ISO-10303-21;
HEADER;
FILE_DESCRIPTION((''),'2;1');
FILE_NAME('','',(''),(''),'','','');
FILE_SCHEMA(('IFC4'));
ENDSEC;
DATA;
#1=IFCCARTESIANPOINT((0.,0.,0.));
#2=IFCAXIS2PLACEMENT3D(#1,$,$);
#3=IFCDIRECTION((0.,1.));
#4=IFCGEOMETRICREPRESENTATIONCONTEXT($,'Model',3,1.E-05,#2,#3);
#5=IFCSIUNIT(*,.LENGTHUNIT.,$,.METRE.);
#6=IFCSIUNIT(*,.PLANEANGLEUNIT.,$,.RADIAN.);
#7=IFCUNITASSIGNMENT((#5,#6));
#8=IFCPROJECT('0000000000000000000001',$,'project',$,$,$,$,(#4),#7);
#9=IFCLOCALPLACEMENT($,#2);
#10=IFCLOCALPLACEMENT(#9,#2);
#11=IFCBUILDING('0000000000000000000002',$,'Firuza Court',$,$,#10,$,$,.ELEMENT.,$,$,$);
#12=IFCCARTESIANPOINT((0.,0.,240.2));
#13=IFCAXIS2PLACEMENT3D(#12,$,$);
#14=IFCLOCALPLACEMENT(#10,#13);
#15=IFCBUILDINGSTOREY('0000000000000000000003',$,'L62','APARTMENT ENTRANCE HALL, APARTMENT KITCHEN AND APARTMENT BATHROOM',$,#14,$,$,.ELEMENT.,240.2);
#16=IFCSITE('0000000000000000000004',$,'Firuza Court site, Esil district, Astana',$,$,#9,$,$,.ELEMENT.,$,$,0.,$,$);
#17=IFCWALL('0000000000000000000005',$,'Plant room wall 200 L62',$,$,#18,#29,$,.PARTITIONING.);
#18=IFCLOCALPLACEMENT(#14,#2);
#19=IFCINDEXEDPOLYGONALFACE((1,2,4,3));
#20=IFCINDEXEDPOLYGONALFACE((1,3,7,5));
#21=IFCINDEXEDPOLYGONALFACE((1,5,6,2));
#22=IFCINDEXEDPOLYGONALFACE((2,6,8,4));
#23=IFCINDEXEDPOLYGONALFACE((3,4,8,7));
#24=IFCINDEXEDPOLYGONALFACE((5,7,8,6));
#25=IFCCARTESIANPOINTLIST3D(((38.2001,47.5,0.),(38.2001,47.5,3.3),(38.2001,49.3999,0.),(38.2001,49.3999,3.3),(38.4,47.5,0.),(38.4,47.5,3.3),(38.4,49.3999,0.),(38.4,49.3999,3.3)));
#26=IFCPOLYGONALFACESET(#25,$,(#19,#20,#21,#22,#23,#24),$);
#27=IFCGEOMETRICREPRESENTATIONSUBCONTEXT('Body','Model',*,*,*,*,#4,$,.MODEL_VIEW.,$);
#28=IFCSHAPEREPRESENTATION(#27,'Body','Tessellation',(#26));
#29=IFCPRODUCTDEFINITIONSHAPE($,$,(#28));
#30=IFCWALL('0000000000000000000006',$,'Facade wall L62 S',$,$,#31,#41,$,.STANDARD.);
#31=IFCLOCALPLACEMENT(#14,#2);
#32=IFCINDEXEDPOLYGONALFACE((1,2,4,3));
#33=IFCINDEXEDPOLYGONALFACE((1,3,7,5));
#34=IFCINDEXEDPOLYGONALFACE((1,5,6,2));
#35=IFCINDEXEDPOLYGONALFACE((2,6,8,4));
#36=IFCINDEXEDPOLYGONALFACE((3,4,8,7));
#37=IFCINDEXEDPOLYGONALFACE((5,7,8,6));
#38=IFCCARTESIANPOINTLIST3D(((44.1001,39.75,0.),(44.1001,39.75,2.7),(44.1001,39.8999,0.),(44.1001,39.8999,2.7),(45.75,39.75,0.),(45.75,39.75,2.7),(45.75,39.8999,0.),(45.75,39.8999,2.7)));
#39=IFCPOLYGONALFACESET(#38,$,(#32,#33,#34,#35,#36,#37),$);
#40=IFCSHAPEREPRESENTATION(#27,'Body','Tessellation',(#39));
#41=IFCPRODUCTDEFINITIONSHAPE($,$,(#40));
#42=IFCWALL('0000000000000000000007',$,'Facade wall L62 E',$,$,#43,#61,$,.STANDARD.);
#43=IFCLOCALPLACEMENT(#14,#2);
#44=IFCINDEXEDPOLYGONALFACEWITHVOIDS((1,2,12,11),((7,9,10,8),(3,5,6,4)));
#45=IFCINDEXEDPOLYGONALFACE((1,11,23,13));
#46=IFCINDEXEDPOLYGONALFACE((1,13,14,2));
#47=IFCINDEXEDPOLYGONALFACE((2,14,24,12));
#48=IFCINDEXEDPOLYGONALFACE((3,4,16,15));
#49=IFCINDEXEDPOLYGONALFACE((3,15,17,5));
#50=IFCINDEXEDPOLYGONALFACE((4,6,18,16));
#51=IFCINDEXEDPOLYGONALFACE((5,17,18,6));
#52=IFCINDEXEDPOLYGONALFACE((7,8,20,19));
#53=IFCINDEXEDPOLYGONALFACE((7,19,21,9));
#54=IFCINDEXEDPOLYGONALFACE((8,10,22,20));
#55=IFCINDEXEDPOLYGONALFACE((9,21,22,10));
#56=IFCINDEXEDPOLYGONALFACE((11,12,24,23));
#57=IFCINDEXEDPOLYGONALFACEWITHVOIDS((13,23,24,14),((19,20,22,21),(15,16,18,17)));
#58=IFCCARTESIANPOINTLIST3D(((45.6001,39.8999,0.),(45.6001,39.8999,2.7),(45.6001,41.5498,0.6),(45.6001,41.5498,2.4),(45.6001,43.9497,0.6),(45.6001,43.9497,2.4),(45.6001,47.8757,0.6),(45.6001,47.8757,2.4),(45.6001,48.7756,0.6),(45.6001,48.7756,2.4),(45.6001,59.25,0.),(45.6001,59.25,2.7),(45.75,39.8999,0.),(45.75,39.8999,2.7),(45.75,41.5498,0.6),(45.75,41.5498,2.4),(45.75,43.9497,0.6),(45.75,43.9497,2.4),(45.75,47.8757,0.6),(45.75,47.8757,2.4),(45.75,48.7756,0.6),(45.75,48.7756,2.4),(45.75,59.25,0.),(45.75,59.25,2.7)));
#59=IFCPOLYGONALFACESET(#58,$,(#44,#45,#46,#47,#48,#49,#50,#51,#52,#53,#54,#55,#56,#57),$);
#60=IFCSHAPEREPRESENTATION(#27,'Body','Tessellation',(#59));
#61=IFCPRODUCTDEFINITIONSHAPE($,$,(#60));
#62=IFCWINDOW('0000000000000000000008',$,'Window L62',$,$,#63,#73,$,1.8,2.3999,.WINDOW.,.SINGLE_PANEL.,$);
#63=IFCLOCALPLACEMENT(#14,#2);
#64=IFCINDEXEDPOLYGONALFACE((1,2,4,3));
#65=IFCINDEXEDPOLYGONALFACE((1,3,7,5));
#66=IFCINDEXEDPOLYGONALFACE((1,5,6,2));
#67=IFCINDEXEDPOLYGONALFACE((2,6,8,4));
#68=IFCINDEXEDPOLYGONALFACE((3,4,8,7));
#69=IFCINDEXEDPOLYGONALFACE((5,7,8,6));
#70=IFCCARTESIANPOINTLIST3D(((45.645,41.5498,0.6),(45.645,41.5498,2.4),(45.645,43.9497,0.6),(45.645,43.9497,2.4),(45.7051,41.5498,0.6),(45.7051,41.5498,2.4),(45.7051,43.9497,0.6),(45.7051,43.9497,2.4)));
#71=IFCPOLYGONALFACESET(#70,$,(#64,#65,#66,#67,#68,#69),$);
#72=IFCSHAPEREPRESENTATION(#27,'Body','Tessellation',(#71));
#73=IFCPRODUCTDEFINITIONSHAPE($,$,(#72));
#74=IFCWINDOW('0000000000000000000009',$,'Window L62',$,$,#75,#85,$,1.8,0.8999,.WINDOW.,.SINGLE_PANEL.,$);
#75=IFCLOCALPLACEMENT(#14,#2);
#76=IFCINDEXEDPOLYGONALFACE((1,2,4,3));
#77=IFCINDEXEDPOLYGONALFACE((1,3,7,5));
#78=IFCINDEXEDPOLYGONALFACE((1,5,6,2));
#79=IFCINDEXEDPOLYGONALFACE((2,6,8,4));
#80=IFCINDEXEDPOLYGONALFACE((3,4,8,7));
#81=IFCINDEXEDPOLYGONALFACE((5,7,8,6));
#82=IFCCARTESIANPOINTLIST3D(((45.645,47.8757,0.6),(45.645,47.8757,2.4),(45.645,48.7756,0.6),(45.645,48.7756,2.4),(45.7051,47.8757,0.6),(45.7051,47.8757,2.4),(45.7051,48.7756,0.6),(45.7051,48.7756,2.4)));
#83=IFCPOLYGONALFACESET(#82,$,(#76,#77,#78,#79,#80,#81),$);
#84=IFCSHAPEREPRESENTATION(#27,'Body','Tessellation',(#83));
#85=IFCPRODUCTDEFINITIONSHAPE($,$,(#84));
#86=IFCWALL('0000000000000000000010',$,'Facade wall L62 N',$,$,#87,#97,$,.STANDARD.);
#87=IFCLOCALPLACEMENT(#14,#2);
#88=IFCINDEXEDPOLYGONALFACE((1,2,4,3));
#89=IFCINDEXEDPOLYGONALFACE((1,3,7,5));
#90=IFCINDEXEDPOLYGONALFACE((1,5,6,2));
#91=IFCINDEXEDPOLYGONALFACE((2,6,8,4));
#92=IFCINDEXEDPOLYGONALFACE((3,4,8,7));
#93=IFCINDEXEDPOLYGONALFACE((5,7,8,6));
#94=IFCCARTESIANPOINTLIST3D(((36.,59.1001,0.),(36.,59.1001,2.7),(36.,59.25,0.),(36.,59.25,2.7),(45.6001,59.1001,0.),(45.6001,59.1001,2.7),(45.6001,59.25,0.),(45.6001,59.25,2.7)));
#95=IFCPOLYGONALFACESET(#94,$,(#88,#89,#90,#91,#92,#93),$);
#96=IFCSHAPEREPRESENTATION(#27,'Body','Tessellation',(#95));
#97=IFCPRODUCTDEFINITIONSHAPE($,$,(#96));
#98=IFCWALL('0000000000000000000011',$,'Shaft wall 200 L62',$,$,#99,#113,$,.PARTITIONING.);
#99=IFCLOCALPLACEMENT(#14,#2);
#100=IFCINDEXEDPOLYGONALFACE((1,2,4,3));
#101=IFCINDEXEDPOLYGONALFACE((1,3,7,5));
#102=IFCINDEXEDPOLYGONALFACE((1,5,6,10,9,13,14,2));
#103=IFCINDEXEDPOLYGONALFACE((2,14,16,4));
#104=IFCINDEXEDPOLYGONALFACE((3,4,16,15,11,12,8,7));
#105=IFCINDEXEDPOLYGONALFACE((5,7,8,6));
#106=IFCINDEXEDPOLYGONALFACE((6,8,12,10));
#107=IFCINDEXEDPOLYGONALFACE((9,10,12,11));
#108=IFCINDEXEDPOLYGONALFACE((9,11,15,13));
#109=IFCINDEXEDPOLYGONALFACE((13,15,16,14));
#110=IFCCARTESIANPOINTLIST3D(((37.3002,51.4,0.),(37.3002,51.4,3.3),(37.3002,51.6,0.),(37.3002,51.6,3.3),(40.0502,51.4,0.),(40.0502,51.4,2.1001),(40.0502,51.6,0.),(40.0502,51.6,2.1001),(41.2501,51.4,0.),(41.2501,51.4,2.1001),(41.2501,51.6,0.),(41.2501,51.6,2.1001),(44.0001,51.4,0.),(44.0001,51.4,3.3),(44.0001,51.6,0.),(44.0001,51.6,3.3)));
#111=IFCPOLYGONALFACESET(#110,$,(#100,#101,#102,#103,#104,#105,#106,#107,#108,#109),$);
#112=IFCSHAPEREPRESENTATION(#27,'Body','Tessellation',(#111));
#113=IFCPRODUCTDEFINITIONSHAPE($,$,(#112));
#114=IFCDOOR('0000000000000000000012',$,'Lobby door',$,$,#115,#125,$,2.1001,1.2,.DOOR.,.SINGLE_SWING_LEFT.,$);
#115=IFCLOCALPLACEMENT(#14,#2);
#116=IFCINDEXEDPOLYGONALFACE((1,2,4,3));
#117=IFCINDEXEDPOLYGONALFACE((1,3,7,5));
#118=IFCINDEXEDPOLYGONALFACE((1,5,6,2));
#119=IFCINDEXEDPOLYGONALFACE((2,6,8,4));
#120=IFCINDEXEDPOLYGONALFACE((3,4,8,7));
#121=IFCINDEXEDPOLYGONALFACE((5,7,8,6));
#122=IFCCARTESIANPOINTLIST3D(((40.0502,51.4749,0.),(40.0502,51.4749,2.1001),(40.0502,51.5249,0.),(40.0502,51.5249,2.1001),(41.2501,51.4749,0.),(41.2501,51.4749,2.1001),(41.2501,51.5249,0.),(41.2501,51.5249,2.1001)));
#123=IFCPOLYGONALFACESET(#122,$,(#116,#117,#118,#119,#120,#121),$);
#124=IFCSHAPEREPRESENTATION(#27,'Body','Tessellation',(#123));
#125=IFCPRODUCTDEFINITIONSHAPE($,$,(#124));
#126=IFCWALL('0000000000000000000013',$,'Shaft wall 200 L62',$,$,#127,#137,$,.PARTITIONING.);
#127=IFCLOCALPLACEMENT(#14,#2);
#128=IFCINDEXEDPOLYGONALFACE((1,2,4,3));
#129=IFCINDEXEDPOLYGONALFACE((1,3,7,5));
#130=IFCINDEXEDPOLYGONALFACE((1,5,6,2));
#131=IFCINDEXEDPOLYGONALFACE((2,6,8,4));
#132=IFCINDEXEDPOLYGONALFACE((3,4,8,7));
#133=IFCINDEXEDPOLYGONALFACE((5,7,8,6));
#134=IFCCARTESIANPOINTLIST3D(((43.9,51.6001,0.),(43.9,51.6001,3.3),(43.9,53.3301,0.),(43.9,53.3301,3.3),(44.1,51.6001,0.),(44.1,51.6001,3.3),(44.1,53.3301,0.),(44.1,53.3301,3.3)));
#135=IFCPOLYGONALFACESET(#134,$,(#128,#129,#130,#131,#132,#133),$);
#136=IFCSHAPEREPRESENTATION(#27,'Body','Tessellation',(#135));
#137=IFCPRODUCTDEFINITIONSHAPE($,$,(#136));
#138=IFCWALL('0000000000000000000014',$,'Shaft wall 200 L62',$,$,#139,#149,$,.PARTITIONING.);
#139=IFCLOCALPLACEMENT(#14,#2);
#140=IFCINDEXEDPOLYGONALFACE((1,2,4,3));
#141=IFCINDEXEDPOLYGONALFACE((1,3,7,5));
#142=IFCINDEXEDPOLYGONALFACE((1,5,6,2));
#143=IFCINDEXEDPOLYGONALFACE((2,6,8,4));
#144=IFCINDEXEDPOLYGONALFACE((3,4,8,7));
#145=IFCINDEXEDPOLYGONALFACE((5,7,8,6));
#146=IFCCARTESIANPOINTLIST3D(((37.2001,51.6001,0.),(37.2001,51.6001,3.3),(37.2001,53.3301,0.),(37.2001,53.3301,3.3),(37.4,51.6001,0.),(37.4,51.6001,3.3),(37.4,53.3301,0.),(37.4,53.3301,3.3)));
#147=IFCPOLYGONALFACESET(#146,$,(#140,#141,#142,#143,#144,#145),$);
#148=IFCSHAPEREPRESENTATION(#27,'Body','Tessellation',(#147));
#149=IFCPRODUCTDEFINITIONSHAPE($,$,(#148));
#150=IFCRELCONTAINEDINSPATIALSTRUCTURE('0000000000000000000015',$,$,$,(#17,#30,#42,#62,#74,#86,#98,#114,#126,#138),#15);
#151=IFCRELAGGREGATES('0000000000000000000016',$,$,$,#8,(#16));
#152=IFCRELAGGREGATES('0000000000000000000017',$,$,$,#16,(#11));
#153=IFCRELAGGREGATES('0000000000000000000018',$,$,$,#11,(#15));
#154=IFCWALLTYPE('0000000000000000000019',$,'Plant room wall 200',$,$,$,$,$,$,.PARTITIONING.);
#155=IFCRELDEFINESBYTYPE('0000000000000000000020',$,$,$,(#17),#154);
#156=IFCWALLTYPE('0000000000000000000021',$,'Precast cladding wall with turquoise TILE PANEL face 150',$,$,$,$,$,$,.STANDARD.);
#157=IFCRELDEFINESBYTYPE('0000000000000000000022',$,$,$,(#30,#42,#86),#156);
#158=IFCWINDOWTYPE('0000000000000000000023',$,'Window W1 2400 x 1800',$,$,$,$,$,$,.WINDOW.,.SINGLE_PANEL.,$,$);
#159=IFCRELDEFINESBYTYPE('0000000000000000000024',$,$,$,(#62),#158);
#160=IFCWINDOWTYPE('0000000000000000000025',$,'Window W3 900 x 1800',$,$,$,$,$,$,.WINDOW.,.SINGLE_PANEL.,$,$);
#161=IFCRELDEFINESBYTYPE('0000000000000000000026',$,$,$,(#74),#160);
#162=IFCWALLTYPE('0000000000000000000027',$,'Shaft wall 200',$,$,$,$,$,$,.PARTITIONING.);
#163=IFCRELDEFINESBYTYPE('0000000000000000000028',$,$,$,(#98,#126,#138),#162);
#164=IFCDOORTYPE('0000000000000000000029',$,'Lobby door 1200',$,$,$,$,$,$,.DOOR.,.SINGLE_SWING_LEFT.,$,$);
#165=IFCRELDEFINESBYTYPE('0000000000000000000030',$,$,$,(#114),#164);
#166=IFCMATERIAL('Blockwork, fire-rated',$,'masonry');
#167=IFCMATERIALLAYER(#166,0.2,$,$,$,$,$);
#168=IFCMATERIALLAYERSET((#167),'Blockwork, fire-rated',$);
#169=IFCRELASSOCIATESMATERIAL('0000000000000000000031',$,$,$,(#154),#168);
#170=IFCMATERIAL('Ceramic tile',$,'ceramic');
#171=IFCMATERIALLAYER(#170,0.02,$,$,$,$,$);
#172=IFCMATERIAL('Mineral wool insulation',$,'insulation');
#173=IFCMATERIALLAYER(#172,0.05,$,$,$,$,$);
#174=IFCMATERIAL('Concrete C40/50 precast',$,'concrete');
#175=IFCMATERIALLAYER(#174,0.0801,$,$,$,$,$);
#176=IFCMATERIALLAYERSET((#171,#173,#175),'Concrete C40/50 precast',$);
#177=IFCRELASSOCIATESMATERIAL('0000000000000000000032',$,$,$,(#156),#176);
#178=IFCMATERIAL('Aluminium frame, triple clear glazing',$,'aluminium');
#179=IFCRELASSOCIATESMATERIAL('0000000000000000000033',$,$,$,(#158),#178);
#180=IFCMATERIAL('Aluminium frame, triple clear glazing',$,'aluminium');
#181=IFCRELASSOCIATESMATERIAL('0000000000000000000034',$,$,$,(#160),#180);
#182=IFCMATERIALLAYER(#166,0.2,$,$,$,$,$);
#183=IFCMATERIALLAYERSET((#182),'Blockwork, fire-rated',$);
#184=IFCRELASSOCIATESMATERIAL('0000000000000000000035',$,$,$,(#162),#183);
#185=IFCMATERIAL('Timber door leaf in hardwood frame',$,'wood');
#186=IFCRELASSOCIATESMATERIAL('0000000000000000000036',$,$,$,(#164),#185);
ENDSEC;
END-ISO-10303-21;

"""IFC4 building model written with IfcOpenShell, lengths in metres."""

from ifc_helpers import new_model, si_unit, direction, frame, frame_2d, origin, place, context, subcontext, project, spatial, rectangle, extrude, material, layer, layer_set, type_object, element, fill, save


model = new_model("IFC4")

# Units and contexts
model_context = context("Model", 3, precision=1e-05, world=origin(), true_north=direction((0.0, 1.0)))
body_context = subcontext(model_context, "Body", "Model", "MODEL_VIEW")
ifc_project = project(units=[si_unit("LENGTHUNIT", "METRE"), si_unit("PLANEANGLEUNIT", "RADIAN")], contexts=[model_context])

# Site, building, storey
site_placement = place(None, origin())
site = spatial("IfcSite", under=ifc_project, at=site_placement, Name="Firuza Court site, Esil district, Astana", CompositionType="ELEMENT", RefElevation=0.0)
building_placement = place(site_placement, origin())
building = spatial("IfcBuilding", under=site, at=building_placement, Name="Firuza Court", CompositionType="ELEMENT")
storey_placement = place(building_placement, frame((0.0, 0.0, 240.2)))
storey = spatial("IfcBuildingStorey", under=building, at=storey_placement, Name="L62", Description="APARTMENT ENTRANCE HALL, APARTMENT KITCHEN AND APARTMENT BATHROOM", CompositionType="ELEMENT", Elevation=240.2)

# Walls
ifc_material_1 = material(Name="Blockwork, fire-rated", Category="masonry")
ifc_layer_1 = layer(ifc_material_1, 0.2)
ifc_layer_set_1 = layer_set([ifc_layer_1], Name="Blockwork, fire-rated")
wall_type_1 = type_object("IfcWallType", Name="Plant room wall 200", PredefinedType="PARTITIONING", material=ifc_layer_set_1)
wall_1_placement = place(storey_placement, frame((38.3, 47.5, 0.0), z_axis=(0.0, 0.0, 1.0), x_axis=(0.0, 1.0, 0.0)))
element("IfcWall", 1, at=wall_1_placement, inside=storey, type_object=wall_type_1, Name="Plant room wall 200 L62", PredefinedType="PARTITIONING", context=body_context, shape_type="SweptSolid", body=[
    extrude(rectangle(XDim=1.8999, YDim=0.2, at=frame_2d((0.95, 0.0))), origin(), (0.0, 0.0, 1.0), 3.3),
])
ifc_material_2 = material(Name="Ceramic tile", Category="ceramic")
ifc_layer_2 = layer(ifc_material_2, 0.02)
ifc_material_3 = material(Name="Mineral wool insulation", Category="insulation")
ifc_layer_3 = layer(ifc_material_3, 0.05)
ifc_material_4 = material(Name="Concrete C40/50 precast", Category="concrete")
ifc_layer_4 = layer(ifc_material_4, 0.0801)
ifc_layer_set_2 = layer_set([ifc_layer_2, ifc_layer_3, ifc_layer_4], Name="Concrete C40/50 precast")
wall_type_2 = type_object("IfcWallType", Name="Precast cladding wall with turquoise TILE PANEL face 150", PredefinedType="STANDARD", material=ifc_layer_set_2)
wall_2_placement = place(storey_placement, frame((44.1001, 39.825, 0.0), z_axis=(0.0, 0.0, 1.0), x_axis=(1.0, 0.0, 0.0)))
element("IfcWall", 2, at=wall_2_placement, inside=storey, type_object=wall_type_2, Name="Facade wall L62 S", PredefinedType="STANDARD", context=body_context, shape_type="SweptSolid", body=[
    extrude(rectangle(XDim=1.6499, YDim=0.1499, at=frame_2d((0.825, 0.0))), origin(), (0.0, 0.0, 1.0), 2.7),
])

# Wall, openings, windows
wall_3_placement = place(storey_placement, frame((45.675, 39.8999, 0.0), z_axis=(0.0, 0.0, 1.0), x_axis=(0.0, 1.0, 0.0)))
wall_3 = element("IfcWall", 3, at=wall_3_placement, inside=storey, type_object=wall_type_2, Name="Facade wall L62 E", PredefinedType="STANDARD", context=body_context, shape_type="SweptSolid", body=[
    extrude(rectangle(XDim=19.3501, YDim=0.1499, at=frame_2d((9.675, 0.0))), origin(), (0.0, 0.0, 1.0), 2.7),
])
opening_1_placement = place(wall_3_placement, frame((1.6499, 0.0, 0.6001)))
opening_1 = element("IfcOpeningElement", 4, at=opening_1_placement, cuts=wall_3, PredefinedType="OPENING", context=body_context, shape_type="SweptSolid", body=[
    extrude(rectangle(XDim=2.3999, YDim=1.8, at=frame_2d((1.2, 0.8999))), frame((0.0, 0.0869, 0.0), z_axis=(0.0, -1.0, 0.0), x_axis=(1.0, 0.0, 0.0)), (0.0, 0.0, 1.0), 0.1738),
])
opening_2_placement = place(wall_3_placement, frame((7.9758, 0.0, 0.6001)))
opening_2 = element("IfcOpeningElement", 5, at=opening_2_placement, cuts=wall_3, PredefinedType="OPENING", context=body_context, shape_type="SweptSolid", body=[
    extrude(rectangle(XDim=0.8999, YDim=1.8, at=frame_2d((0.45, 0.8999))), frame((0.0, 0.0869, 0.0), z_axis=(0.0, -1.0, 0.0), x_axis=(1.0, 0.0, 0.0)), (0.0, 0.0, 1.0), 0.1738),
])
ifc_material_5 = material(Name="Aluminium frame, triple clear glazing", Category="aluminium")
window_type_1 = type_object("IfcWindowType", Name="Window W1 2400 x 1800", PartitioningType="SINGLE_PANEL", PredefinedType="WINDOW", material=ifc_material_5)
window_1_placement = place(opening_1_placement, origin())
window_1 = element("IfcWindow", 6, at=window_1_placement, inside=storey, type_object=window_type_1, Name="Window L62", OverallHeight=1.8, OverallWidth=2.3999, PartitioningType="SINGLE_PANEL", PredefinedType="WINDOW", context=body_context, shape_type="SweptSolid", body=[
    extrude(rectangle(XDim=2.3999, YDim=1.8, at=frame_2d((1.2, 0.8999))), frame((0.0, 0.03, 0.0), z_axis=(0.0, -1.0, 0.0), x_axis=(1.0, 0.0, 0.0)), (0.0, 0.0, 1.0), 0.0601),
])
fill(opening_1, window_1)
ifc_material_6 = material(Name="Aluminium frame, triple clear glazing", Category="aluminium")
window_type_2 = type_object("IfcWindowType", Name="Window W3 900 x 1800", PartitioningType="SINGLE_PANEL", PredefinedType="WINDOW", material=ifc_material_6)
window_2_placement = place(opening_2_placement, origin())
window_2 = element("IfcWindow", 7, at=window_2_placement, inside=storey, type_object=window_type_2, Name="Window L62", OverallHeight=1.8, OverallWidth=0.8999, PartitioningType="SINGLE_PANEL", PredefinedType="WINDOW", context=body_context, shape_type="SweptSolid", body=[
    extrude(rectangle(XDim=0.8999, YDim=1.8, at=frame_2d((0.45, 0.8999))), frame((0.0, 0.03, 0.0), z_axis=(0.0, -1.0, 0.0), x_axis=(1.0, 0.0, 0.0)), (0.0, 0.0, 1.0), 0.0601),
])
fill(opening_2, window_2)

# Wall
wall_4_placement = place(storey_placement, frame((45.6001, 59.175, 0.0), z_axis=(0.0, 0.0, 1.0), x_axis=(-1.0, 0.0, 0.0)))
element("IfcWall", 8, at=wall_4_placement, inside=storey, type_object=wall_type_2, Name="Facade wall L62 N", PredefinedType="STANDARD", context=body_context, shape_type="SweptSolid", body=[
    extrude(rectangle(XDim=9.6001, YDim=0.1499, at=frame_2d((4.8, 0.0))), origin(), (0.0, 0.0, 1.0), 2.7),
])

# Wall, opening, door
ifc_layer_5 = layer(ifc_material_1, 0.2)
ifc_layer_set_3 = layer_set([ifc_layer_5], Name="Blockwork, fire-rated")
wall_type_3 = type_object("IfcWallType", Name="Shaft wall 200", PredefinedType="PARTITIONING", material=ifc_layer_set_3)
wall_5_placement = place(storey_placement, frame((37.3, 51.5, 0.0), z_axis=(0.0, 0.0, 1.0), x_axis=(1.0, 0.0, 0.0)))
wall_5 = element("IfcWall", 9, at=wall_5_placement, inside=storey, type_object=wall_type_3, Name="Shaft wall 200 L62", PredefinedType="PARTITIONING", context=body_context, shape_type="SweptSolid", body=[
    extrude(rectangle(XDim=6.7, YDim=0.2, at=frame_2d((3.3501, 0.0))), origin(), (0.0, 0.0, 1.0), 3.3),
])
opening_3_placement = place(wall_5_placement, frame((2.75, 0.0, 0.0)))
opening_3 = element("IfcOpeningElement", 10, at=opening_3_placement, cuts=wall_5, PredefinedType="OPENING", context=body_context, shape_type="SweptSolid", body=[
    extrude(rectangle(XDim=1.2, YDim=2.1001, at=frame_2d((0.6001, 1.05))), frame((0.0, 0.1118, 0.0), z_axis=(0.0, -1.0, 0.0), x_axis=(1.0, 0.0, 0.0)), (0.0, 0.0, 1.0), 0.2239),
])
ifc_material_7 = material(Name="Timber door leaf in hardwood frame", Category="wood")
door_type = type_object("IfcDoorType", Name="Lobby door 1200", OperationType="SINGLE_SWING_LEFT", PredefinedType="DOOR", material=ifc_material_7)
door_placement = place(opening_3_placement, origin())
door = element("IfcDoor", 11, at=door_placement, inside=storey, type_object=door_type, Name="Lobby door", OperationType="SINGLE_SWING_LEFT", OverallHeight=2.1001, OverallWidth=1.2, PredefinedType="DOOR", context=body_context, shape_type="SweptSolid", body=[
    extrude(rectangle(XDim=1.2, YDim=2.1001, at=frame_2d((0.6001, 1.05))), frame((0.0, 0.0249, 0.0), z_axis=(0.0, -1.0, 0.0), x_axis=(1.0, 0.0, 0.0)), (0.0, 0.0, 1.0), 0.05),
])
fill(opening_3, door)

# Walls
for number, where, z_axis, x_axis, name in (
    (12, (44.0, 51.6001, 0.0), (0.0, 0.0, 1.0), (0.0, 1.0, 0.0), "Shaft wall 200 L62"),
    (13, (37.3, 51.6001, 0.0), (0.0, 0.0, 1.0), (0.0, 1.0, 0.0), "Shaft wall 200 L62"),
):
    element("IfcWall", number, at=place(storey_placement, frame(where, z_axis=z_axis, x_axis=x_axis)), inside=storey, type_object=wall_type_3, Name=name, PredefinedType="PARTITIONING", context=body_context, shape_type="SweptSolid", body=[
        extrude(rectangle(XDim=1.73, YDim=0.2, at=frame_2d((0.865, 0.0))), origin(), (0.0, 0.0, 1.0), 3.3),
    ])

save(model, "model.ifc")
